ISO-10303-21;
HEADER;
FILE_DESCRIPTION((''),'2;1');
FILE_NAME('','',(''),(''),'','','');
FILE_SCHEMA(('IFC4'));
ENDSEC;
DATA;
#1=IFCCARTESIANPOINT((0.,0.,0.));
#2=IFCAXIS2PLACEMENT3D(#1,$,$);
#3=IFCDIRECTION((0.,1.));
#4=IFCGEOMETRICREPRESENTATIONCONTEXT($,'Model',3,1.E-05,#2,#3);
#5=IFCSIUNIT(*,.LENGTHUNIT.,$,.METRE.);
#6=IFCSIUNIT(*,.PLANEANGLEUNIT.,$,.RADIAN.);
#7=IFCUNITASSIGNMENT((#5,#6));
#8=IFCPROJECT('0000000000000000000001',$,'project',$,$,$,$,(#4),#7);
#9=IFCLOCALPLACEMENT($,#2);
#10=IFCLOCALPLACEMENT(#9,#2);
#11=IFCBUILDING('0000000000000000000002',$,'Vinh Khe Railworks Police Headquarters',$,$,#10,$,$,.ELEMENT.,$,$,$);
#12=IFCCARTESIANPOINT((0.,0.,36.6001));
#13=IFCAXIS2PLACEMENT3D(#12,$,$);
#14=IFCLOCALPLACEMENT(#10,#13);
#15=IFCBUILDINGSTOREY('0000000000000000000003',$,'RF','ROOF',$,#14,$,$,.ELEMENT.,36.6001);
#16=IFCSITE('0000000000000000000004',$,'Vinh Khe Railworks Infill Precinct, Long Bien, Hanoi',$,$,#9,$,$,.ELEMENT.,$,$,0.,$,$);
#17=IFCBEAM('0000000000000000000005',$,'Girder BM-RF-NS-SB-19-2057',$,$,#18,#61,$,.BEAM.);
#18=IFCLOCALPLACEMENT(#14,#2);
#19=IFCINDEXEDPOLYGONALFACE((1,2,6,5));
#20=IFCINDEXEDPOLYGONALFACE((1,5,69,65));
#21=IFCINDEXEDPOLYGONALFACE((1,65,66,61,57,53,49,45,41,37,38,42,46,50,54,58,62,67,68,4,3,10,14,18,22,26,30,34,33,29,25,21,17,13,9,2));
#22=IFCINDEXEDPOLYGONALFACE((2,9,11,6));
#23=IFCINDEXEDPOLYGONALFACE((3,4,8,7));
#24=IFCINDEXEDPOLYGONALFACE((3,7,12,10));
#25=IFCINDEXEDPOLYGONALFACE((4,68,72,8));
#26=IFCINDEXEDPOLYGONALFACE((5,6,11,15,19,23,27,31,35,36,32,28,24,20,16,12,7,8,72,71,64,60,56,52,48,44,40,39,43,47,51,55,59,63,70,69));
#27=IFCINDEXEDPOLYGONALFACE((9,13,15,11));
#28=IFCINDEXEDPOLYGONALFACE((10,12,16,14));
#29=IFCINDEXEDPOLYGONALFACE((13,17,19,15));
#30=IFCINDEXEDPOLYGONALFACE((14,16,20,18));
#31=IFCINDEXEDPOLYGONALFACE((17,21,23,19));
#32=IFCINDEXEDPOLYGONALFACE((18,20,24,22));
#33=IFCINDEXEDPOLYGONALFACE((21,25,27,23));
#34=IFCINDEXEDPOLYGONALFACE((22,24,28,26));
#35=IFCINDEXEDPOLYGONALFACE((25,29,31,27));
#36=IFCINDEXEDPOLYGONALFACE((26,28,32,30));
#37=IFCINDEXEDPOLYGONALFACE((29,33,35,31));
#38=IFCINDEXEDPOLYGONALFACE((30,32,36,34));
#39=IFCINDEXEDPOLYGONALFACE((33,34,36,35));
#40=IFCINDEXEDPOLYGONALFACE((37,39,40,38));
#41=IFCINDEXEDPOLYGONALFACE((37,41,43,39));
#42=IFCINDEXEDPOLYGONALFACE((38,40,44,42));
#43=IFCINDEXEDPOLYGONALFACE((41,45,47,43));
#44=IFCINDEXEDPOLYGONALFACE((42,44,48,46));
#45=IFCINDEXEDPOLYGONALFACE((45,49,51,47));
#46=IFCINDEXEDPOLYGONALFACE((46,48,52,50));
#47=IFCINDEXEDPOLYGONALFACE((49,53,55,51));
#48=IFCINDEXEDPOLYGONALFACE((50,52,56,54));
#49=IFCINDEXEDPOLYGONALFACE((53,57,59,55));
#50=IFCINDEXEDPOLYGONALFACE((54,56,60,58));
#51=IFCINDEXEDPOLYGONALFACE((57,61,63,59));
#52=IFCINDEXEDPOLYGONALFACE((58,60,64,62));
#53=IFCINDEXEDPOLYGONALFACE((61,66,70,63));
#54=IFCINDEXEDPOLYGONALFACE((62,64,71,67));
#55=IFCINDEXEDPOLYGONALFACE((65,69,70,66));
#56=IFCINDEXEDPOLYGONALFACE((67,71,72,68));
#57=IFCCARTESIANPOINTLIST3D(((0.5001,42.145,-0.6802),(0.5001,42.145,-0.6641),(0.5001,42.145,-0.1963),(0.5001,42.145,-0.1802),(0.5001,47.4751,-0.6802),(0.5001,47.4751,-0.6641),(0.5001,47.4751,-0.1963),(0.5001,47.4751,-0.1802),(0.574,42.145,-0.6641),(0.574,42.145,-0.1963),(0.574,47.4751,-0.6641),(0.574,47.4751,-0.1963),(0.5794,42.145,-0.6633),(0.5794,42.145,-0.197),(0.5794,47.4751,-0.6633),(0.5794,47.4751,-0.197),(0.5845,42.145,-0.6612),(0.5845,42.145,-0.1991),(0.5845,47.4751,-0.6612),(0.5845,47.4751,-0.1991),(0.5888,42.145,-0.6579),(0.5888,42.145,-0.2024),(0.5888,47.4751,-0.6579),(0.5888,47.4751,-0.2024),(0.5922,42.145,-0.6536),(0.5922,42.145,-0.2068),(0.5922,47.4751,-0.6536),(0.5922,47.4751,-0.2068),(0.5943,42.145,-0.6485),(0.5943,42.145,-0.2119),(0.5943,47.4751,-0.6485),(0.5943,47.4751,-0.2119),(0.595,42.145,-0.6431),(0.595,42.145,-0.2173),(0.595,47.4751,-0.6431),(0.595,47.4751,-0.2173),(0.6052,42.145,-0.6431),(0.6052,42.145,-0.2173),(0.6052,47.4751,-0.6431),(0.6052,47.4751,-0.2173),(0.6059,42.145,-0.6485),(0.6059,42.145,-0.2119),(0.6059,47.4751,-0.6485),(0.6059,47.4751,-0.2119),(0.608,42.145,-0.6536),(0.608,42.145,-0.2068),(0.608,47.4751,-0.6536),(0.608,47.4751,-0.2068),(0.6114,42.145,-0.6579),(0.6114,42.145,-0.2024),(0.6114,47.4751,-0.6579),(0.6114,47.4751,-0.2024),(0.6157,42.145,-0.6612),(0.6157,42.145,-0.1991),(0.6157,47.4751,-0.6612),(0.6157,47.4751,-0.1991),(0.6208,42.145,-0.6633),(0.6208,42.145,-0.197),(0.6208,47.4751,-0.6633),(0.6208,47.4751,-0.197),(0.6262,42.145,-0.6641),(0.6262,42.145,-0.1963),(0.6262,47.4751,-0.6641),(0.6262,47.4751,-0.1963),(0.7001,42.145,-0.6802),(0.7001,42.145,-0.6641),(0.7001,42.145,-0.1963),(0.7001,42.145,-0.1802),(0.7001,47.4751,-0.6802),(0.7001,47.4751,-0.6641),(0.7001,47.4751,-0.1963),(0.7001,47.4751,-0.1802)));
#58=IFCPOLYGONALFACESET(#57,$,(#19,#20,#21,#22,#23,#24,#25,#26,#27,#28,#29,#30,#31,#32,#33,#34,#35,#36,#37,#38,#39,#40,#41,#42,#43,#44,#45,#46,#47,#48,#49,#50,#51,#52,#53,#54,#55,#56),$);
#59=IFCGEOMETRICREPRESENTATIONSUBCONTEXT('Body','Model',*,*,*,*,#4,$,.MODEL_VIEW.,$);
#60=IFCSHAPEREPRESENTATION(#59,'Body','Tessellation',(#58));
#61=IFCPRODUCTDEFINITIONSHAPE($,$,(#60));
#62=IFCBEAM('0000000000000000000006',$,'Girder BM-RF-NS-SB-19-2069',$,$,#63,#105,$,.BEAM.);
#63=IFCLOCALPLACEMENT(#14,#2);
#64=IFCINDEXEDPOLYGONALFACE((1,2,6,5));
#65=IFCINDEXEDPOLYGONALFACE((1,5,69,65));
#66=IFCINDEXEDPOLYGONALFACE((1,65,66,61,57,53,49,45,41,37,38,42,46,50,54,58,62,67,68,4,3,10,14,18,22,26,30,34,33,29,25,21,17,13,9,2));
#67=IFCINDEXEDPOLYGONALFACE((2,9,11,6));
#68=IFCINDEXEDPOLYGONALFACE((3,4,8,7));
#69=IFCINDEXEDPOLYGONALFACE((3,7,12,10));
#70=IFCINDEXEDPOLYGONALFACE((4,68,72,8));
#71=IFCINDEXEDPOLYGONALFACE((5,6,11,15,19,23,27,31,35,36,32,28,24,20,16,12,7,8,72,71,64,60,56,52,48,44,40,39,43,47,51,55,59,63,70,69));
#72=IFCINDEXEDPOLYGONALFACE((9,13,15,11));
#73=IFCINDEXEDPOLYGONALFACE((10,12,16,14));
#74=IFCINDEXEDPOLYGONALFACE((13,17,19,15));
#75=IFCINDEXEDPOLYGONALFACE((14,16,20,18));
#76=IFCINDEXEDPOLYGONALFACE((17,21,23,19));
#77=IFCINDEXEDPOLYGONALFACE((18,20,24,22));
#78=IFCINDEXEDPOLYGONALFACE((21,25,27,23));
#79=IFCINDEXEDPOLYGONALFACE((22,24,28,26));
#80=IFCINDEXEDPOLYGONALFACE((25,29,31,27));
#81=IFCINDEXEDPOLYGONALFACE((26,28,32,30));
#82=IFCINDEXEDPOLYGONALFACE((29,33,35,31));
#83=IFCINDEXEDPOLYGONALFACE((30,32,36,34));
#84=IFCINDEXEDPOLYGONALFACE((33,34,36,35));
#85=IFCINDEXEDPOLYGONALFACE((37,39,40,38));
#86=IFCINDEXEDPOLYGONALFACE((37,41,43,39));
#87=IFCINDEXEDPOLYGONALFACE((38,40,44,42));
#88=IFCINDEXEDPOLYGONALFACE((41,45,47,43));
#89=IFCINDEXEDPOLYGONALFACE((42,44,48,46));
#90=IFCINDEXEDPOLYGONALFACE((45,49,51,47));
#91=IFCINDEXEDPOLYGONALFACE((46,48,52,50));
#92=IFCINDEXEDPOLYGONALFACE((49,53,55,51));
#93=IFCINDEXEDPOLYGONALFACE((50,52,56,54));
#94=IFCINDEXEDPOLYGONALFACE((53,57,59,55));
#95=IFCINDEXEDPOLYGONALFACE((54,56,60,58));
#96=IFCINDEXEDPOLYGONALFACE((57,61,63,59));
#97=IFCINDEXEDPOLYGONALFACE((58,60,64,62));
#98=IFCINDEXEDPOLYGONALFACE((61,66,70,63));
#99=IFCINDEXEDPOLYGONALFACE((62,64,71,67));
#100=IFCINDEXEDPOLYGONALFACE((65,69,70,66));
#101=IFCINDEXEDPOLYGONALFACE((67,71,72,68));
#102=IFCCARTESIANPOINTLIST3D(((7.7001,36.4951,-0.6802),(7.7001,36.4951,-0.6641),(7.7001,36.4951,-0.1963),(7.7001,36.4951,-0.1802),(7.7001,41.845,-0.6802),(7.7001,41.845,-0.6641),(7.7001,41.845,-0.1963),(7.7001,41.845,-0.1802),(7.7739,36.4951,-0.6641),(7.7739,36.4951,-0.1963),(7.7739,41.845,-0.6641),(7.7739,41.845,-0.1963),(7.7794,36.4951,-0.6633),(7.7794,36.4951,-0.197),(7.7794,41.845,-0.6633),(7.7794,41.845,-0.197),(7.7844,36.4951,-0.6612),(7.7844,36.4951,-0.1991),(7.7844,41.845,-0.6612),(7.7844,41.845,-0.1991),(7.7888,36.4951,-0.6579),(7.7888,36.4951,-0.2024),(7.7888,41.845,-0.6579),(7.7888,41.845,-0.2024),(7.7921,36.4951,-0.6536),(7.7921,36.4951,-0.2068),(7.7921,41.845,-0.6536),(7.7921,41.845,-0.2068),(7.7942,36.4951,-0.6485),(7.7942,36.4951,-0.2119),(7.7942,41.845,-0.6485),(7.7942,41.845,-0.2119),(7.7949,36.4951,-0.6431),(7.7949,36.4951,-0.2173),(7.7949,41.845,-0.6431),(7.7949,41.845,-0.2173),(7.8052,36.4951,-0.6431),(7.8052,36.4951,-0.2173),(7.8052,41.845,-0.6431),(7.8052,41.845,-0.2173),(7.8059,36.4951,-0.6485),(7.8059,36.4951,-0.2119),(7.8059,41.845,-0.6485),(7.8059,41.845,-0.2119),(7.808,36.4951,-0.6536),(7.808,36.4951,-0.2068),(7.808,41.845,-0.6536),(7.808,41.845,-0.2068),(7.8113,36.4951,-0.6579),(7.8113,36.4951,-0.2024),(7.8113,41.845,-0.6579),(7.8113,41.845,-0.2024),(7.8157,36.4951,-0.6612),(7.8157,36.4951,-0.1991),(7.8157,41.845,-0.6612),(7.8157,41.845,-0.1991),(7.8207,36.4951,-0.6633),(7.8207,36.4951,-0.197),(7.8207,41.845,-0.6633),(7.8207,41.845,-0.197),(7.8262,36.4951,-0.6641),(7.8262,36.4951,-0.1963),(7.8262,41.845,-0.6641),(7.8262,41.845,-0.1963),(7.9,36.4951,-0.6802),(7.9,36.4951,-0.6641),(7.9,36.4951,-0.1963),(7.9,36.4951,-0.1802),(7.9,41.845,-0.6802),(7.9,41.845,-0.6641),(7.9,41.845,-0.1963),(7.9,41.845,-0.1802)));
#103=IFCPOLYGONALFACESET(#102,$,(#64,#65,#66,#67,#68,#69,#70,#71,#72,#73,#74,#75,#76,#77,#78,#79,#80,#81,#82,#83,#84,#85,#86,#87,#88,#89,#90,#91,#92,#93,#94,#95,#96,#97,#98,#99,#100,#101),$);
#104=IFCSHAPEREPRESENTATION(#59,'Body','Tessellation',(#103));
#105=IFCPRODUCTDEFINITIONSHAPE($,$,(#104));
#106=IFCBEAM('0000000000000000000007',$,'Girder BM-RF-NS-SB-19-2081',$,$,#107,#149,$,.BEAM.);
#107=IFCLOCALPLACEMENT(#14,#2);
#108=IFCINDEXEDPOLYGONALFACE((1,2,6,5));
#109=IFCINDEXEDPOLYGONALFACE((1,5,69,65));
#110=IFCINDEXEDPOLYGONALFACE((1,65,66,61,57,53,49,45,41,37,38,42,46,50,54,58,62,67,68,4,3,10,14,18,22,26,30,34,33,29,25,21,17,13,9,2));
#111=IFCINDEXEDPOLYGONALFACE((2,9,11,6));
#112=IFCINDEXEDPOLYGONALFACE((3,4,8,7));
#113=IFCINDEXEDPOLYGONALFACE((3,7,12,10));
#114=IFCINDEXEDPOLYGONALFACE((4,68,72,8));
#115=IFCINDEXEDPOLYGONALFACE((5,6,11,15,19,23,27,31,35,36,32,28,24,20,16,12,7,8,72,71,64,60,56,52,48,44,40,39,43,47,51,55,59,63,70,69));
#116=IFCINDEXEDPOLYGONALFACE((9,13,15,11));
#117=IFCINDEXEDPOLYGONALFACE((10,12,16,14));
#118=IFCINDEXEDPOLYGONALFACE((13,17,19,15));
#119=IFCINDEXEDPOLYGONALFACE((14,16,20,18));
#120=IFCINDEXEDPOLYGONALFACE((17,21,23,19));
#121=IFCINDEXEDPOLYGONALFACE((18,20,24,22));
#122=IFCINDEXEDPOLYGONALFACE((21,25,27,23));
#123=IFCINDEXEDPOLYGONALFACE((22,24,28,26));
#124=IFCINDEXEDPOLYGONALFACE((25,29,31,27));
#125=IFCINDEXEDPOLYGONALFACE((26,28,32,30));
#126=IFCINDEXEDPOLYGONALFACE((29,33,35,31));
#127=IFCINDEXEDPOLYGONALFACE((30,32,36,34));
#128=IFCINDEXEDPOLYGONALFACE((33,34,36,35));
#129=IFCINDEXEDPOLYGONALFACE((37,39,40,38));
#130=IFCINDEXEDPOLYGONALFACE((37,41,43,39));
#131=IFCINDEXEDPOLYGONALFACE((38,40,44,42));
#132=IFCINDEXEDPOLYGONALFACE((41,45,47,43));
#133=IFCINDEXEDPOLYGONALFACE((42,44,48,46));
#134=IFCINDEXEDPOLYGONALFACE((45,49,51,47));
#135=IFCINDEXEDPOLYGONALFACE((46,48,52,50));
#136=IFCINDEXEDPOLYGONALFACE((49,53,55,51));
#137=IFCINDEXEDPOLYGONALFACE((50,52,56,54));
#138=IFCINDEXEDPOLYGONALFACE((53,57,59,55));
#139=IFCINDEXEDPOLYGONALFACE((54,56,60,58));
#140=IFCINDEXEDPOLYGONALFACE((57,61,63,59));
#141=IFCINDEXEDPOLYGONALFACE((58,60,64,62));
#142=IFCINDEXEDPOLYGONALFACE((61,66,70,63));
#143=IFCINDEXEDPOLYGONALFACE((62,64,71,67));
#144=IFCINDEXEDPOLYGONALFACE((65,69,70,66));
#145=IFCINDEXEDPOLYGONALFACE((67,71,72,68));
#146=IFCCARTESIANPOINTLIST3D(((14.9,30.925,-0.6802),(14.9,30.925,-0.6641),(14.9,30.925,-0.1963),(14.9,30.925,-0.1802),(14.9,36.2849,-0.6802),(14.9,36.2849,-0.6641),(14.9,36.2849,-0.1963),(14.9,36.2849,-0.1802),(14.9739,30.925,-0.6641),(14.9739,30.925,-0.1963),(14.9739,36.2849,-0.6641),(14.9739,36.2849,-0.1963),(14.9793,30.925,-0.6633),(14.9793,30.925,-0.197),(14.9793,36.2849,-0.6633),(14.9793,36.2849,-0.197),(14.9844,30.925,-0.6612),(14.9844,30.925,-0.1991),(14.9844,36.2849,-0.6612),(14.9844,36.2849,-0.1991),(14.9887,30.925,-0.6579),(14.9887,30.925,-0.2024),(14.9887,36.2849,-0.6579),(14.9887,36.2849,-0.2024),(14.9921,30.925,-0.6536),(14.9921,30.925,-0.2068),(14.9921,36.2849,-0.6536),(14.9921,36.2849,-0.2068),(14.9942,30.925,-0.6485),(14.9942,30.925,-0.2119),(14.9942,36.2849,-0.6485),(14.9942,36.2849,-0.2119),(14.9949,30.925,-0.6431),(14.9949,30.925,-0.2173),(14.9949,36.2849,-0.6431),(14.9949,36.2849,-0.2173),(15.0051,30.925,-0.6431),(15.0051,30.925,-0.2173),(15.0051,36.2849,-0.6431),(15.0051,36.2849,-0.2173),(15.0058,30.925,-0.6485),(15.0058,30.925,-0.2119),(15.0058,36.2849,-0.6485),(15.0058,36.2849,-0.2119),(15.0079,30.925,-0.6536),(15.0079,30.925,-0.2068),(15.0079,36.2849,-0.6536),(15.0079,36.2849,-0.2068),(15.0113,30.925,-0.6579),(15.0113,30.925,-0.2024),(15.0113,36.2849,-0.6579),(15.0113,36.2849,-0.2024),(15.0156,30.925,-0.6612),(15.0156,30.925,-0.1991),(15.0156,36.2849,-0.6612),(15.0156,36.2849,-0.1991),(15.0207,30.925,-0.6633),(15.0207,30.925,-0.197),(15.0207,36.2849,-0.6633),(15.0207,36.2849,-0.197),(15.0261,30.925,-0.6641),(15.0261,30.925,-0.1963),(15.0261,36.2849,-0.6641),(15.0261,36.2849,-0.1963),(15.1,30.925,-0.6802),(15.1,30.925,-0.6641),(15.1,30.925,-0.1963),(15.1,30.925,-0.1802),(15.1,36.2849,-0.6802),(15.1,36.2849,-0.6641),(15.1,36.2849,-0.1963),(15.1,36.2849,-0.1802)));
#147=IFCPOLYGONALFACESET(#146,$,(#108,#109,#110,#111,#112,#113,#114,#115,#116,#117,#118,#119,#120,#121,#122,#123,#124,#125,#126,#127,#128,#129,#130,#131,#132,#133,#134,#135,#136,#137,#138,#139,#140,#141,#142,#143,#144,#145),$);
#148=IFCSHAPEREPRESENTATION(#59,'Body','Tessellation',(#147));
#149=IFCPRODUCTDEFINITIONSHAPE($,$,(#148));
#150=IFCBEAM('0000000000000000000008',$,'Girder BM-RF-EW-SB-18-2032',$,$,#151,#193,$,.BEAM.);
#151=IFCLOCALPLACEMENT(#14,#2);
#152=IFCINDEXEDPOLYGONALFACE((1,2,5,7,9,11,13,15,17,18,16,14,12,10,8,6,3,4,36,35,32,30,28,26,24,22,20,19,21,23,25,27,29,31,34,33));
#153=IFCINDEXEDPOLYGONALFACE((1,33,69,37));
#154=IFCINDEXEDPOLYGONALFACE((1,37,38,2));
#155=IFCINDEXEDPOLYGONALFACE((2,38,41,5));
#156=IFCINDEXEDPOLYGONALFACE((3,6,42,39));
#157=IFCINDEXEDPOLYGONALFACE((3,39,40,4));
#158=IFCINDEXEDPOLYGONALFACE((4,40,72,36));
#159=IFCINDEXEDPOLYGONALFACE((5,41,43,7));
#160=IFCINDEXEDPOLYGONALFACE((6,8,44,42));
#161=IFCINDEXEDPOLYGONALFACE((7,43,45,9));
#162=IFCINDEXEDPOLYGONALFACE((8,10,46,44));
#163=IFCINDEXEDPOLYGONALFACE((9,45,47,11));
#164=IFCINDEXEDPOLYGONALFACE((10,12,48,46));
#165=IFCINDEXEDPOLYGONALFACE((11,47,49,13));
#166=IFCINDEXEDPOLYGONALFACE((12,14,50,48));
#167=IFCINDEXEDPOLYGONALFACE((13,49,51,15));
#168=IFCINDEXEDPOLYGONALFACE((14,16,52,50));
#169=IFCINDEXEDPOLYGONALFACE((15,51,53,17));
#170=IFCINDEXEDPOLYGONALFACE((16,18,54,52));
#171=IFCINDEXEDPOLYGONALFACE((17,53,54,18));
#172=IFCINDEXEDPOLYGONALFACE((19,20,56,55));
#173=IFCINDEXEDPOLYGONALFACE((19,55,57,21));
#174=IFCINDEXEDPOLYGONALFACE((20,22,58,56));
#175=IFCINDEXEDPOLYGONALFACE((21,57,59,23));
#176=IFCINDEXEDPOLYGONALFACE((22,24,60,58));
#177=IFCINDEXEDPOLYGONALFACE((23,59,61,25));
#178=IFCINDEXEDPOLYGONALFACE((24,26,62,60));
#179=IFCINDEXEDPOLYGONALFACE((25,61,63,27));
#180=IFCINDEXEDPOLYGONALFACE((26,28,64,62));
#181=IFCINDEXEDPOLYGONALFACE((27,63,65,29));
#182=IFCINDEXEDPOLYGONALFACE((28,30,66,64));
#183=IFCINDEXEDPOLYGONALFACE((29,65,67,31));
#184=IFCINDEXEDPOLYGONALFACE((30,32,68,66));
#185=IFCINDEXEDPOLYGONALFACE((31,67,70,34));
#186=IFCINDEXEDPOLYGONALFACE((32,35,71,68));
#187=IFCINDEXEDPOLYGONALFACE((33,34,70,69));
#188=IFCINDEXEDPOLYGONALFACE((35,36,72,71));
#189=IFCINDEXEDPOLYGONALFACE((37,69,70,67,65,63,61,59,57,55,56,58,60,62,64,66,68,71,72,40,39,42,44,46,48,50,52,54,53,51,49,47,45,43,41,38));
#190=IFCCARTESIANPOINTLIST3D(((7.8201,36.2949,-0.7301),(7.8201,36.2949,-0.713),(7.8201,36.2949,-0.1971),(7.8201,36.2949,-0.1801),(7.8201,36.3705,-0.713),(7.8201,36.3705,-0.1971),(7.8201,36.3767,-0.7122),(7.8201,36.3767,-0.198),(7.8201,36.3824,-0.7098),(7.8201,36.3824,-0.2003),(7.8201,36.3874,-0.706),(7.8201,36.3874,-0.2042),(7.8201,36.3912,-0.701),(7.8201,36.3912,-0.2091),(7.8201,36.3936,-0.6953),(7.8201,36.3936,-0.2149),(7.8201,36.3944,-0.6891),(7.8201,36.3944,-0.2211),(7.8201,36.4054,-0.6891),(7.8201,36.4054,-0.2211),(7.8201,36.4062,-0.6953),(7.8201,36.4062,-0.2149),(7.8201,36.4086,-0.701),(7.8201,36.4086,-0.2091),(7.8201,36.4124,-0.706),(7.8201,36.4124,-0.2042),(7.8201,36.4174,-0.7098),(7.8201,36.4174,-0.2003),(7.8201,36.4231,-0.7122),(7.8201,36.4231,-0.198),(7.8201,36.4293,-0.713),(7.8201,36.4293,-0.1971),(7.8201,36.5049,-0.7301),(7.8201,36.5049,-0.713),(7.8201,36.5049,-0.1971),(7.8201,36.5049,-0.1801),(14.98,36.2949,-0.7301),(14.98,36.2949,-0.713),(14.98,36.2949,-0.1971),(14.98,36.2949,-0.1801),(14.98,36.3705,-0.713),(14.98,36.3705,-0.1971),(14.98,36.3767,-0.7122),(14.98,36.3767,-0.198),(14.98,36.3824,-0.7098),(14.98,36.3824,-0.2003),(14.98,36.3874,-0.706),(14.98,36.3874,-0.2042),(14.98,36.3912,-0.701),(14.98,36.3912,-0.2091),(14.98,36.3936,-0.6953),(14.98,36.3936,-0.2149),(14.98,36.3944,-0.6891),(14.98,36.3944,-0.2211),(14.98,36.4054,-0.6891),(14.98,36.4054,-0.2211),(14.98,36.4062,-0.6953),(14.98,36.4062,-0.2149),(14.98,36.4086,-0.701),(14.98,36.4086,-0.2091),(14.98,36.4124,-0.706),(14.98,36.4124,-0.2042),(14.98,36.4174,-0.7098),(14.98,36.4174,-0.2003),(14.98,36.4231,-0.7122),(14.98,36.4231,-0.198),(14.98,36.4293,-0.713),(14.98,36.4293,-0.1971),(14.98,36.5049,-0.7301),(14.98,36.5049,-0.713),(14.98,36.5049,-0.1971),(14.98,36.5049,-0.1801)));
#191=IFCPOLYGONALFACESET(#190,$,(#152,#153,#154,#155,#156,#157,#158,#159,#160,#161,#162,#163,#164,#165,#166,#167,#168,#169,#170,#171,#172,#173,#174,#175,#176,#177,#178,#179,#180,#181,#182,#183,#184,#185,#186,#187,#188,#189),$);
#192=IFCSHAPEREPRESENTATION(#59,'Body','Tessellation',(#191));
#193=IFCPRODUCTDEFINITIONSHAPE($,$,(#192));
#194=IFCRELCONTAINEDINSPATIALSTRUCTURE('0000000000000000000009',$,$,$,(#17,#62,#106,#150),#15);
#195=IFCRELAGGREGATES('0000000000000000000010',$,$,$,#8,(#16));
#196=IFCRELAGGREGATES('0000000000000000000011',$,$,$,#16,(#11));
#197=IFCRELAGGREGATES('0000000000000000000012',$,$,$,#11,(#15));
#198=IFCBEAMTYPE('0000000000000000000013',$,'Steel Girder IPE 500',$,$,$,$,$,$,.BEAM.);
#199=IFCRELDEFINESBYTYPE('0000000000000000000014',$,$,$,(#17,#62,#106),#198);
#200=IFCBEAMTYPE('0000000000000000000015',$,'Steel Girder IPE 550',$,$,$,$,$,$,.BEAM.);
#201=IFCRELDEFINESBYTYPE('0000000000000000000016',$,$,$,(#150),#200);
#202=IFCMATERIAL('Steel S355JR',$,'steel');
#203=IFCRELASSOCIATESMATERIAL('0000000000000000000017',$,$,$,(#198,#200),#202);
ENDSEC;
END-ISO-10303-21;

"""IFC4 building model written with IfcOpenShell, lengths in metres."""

from ifc_helpers import new_model, si_unit, direction, frame, origin, origin_2d, place, context, subcontext, project, spatial, i_section, extrude, material, material_profile, profile_set, type_object, element, save


model = new_model("IFC4")

# Units and contexts
model_context = context("Model", 3, precision=1e-05, world=origin(), true_north=direction((0.0, 1.0)))
body_context = subcontext(model_context, "Body", "Model", "MODEL_VIEW")
ifc_project = project(units=[si_unit("LENGTHUNIT", "METRE"), si_unit("PLANEANGLEUNIT", "RADIAN")], contexts=[model_context])

# Site, building, storey
site_placement = place(None, origin())
site = spatial("IfcSite", under=ifc_project, at=site_placement, Name="Vinh Khe Railworks Infill Precinct, Long Bien, Hanoi", CompositionType="ELEMENT", RefElevation=0.0)
building_placement = place(site_placement, origin())
building = spatial("IfcBuilding", under=site, at=building_placement, Name="Vinh Khe Railworks Police Headquarters", CompositionType="ELEMENT")
storey_placement = place(building_placement, frame((0.0, 0.0, 36.6001)))
storey = spatial("IfcBuildingStorey", under=building, at=storey_placement, Name="RF", Description="ROOF", CompositionType="ELEMENT", Elevation=36.6001)

# Shared definitions
ifc_material_1 = material(Name="Steel S355JR", Category="steel")

# Beams
ifc_material_profile_1 = material_profile(ifc_material_1, i_section(OverallWidth=0.2, OverallDepth=0.5, WebThickness=0.0103, FlangeThickness=0.0161, FilletRadius=0.021, at=origin_2d()), Name="IPE 500")
ifc_profile_set_1 = profile_set([ifc_material_profile_1], Name="Steel S355JR")
beam_type_1 = type_object("IfcBeamType", Name="Steel Girder IPE 500", PredefinedType="BEAM", material=ifc_profile_set_1)
beam_1_placement = place(storey_placement, frame((0.6001, 42.145, -0.4302), z_axis=(0.0, 1.0, 0.0), x_axis=(-1.0, 0.0, 0.0)))
element("IfcBeam", 1, at=beam_1_placement, inside=storey, type_object=beam_type_1, Name="Girder BM-RF-NS-SB-19-2057", PredefinedType="BEAM", context=body_context, shape_type="SweptSolid", body=[
    extrude(i_section(OverallWidth=0.2, OverallDepth=0.5, WebThickness=0.0103, FlangeThickness=0.0161, FilletRadius=0.021, at=origin_2d()), origin(), (0.0, 0.0, 1.0), 5.3301),
])
beam_2_placement = place(storey_placement, frame((7.8, 36.4951, -0.4302), z_axis=(0.0, 1.0, 0.0), x_axis=(-1.0, 0.0, 0.0)))
element("IfcBeam", 2, at=beam_2_placement, inside=storey, type_object=beam_type_1, Name="Girder BM-RF-NS-SB-19-2069", PredefinedType="BEAM", context=body_context, shape_type="SweptSolid", body=[
    extrude(i_section(OverallWidth=0.2, OverallDepth=0.5, WebThickness=0.0103, FlangeThickness=0.0161, FilletRadius=0.021, at=origin_2d()), origin(), (0.0, 0.0, 1.0), 5.3499),
])
beam_3_placement = place(storey_placement, frame((15.0, 30.925, -0.4302), z_axis=(0.0, 1.0, 0.0), x_axis=(-1.0, 0.0, 0.0)))
element("IfcBeam", 3, at=beam_3_placement, inside=storey, type_object=beam_type_1, Name="Girder BM-RF-NS-SB-19-2081", PredefinedType="BEAM", context=body_context, shape_type="SweptSolid", body=[
    extrude(i_section(OverallWidth=0.2, OverallDepth=0.5, WebThickness=0.0103, FlangeThickness=0.0161, FilletRadius=0.021, at=origin_2d()), origin(), (0.0, 0.0, 1.0), 5.3599),
])
ifc_material_profile_2 = material_profile(ifc_material_1, i_section(OverallWidth=0.21, OverallDepth=0.55, WebThickness=0.011, FlangeThickness=0.0171, FilletRadius=0.0239, at=origin_2d()), Name="IPE 550")
ifc_profile_set_2 = profile_set([ifc_material_profile_2], Name="Steel S355JR")
beam_type_2 = type_object("IfcBeamType", Name="Steel Girder IPE 550", PredefinedType="BEAM", material=ifc_profile_set_2)
for number, where, z_axis, x_axis, name in (
    (4, (7.8201, 36.3999, -0.4551), (1.0, 0.0, 0.0), (0.0, 1.0, 0.0), "Girder BM-RF-EW-SB-18-2032"),
):
    element("IfcBeam", number, at=place(storey_placement, frame(where, z_axis=z_axis, x_axis=x_axis)), inside=storey, type_object=beam_type_2, Name=name, PredefinedType="BEAM", context=body_context, shape_type="SweptSolid", body=[
        extrude(i_section(OverallWidth=0.21, OverallDepth=0.55, WebThickness=0.011, FlangeThickness=0.0171, FilletRadius=0.0239, at=origin_2d()), origin(), (0.0, 0.0, 1.0), 7.1599),
    ])

save(model, "model.ifc")
